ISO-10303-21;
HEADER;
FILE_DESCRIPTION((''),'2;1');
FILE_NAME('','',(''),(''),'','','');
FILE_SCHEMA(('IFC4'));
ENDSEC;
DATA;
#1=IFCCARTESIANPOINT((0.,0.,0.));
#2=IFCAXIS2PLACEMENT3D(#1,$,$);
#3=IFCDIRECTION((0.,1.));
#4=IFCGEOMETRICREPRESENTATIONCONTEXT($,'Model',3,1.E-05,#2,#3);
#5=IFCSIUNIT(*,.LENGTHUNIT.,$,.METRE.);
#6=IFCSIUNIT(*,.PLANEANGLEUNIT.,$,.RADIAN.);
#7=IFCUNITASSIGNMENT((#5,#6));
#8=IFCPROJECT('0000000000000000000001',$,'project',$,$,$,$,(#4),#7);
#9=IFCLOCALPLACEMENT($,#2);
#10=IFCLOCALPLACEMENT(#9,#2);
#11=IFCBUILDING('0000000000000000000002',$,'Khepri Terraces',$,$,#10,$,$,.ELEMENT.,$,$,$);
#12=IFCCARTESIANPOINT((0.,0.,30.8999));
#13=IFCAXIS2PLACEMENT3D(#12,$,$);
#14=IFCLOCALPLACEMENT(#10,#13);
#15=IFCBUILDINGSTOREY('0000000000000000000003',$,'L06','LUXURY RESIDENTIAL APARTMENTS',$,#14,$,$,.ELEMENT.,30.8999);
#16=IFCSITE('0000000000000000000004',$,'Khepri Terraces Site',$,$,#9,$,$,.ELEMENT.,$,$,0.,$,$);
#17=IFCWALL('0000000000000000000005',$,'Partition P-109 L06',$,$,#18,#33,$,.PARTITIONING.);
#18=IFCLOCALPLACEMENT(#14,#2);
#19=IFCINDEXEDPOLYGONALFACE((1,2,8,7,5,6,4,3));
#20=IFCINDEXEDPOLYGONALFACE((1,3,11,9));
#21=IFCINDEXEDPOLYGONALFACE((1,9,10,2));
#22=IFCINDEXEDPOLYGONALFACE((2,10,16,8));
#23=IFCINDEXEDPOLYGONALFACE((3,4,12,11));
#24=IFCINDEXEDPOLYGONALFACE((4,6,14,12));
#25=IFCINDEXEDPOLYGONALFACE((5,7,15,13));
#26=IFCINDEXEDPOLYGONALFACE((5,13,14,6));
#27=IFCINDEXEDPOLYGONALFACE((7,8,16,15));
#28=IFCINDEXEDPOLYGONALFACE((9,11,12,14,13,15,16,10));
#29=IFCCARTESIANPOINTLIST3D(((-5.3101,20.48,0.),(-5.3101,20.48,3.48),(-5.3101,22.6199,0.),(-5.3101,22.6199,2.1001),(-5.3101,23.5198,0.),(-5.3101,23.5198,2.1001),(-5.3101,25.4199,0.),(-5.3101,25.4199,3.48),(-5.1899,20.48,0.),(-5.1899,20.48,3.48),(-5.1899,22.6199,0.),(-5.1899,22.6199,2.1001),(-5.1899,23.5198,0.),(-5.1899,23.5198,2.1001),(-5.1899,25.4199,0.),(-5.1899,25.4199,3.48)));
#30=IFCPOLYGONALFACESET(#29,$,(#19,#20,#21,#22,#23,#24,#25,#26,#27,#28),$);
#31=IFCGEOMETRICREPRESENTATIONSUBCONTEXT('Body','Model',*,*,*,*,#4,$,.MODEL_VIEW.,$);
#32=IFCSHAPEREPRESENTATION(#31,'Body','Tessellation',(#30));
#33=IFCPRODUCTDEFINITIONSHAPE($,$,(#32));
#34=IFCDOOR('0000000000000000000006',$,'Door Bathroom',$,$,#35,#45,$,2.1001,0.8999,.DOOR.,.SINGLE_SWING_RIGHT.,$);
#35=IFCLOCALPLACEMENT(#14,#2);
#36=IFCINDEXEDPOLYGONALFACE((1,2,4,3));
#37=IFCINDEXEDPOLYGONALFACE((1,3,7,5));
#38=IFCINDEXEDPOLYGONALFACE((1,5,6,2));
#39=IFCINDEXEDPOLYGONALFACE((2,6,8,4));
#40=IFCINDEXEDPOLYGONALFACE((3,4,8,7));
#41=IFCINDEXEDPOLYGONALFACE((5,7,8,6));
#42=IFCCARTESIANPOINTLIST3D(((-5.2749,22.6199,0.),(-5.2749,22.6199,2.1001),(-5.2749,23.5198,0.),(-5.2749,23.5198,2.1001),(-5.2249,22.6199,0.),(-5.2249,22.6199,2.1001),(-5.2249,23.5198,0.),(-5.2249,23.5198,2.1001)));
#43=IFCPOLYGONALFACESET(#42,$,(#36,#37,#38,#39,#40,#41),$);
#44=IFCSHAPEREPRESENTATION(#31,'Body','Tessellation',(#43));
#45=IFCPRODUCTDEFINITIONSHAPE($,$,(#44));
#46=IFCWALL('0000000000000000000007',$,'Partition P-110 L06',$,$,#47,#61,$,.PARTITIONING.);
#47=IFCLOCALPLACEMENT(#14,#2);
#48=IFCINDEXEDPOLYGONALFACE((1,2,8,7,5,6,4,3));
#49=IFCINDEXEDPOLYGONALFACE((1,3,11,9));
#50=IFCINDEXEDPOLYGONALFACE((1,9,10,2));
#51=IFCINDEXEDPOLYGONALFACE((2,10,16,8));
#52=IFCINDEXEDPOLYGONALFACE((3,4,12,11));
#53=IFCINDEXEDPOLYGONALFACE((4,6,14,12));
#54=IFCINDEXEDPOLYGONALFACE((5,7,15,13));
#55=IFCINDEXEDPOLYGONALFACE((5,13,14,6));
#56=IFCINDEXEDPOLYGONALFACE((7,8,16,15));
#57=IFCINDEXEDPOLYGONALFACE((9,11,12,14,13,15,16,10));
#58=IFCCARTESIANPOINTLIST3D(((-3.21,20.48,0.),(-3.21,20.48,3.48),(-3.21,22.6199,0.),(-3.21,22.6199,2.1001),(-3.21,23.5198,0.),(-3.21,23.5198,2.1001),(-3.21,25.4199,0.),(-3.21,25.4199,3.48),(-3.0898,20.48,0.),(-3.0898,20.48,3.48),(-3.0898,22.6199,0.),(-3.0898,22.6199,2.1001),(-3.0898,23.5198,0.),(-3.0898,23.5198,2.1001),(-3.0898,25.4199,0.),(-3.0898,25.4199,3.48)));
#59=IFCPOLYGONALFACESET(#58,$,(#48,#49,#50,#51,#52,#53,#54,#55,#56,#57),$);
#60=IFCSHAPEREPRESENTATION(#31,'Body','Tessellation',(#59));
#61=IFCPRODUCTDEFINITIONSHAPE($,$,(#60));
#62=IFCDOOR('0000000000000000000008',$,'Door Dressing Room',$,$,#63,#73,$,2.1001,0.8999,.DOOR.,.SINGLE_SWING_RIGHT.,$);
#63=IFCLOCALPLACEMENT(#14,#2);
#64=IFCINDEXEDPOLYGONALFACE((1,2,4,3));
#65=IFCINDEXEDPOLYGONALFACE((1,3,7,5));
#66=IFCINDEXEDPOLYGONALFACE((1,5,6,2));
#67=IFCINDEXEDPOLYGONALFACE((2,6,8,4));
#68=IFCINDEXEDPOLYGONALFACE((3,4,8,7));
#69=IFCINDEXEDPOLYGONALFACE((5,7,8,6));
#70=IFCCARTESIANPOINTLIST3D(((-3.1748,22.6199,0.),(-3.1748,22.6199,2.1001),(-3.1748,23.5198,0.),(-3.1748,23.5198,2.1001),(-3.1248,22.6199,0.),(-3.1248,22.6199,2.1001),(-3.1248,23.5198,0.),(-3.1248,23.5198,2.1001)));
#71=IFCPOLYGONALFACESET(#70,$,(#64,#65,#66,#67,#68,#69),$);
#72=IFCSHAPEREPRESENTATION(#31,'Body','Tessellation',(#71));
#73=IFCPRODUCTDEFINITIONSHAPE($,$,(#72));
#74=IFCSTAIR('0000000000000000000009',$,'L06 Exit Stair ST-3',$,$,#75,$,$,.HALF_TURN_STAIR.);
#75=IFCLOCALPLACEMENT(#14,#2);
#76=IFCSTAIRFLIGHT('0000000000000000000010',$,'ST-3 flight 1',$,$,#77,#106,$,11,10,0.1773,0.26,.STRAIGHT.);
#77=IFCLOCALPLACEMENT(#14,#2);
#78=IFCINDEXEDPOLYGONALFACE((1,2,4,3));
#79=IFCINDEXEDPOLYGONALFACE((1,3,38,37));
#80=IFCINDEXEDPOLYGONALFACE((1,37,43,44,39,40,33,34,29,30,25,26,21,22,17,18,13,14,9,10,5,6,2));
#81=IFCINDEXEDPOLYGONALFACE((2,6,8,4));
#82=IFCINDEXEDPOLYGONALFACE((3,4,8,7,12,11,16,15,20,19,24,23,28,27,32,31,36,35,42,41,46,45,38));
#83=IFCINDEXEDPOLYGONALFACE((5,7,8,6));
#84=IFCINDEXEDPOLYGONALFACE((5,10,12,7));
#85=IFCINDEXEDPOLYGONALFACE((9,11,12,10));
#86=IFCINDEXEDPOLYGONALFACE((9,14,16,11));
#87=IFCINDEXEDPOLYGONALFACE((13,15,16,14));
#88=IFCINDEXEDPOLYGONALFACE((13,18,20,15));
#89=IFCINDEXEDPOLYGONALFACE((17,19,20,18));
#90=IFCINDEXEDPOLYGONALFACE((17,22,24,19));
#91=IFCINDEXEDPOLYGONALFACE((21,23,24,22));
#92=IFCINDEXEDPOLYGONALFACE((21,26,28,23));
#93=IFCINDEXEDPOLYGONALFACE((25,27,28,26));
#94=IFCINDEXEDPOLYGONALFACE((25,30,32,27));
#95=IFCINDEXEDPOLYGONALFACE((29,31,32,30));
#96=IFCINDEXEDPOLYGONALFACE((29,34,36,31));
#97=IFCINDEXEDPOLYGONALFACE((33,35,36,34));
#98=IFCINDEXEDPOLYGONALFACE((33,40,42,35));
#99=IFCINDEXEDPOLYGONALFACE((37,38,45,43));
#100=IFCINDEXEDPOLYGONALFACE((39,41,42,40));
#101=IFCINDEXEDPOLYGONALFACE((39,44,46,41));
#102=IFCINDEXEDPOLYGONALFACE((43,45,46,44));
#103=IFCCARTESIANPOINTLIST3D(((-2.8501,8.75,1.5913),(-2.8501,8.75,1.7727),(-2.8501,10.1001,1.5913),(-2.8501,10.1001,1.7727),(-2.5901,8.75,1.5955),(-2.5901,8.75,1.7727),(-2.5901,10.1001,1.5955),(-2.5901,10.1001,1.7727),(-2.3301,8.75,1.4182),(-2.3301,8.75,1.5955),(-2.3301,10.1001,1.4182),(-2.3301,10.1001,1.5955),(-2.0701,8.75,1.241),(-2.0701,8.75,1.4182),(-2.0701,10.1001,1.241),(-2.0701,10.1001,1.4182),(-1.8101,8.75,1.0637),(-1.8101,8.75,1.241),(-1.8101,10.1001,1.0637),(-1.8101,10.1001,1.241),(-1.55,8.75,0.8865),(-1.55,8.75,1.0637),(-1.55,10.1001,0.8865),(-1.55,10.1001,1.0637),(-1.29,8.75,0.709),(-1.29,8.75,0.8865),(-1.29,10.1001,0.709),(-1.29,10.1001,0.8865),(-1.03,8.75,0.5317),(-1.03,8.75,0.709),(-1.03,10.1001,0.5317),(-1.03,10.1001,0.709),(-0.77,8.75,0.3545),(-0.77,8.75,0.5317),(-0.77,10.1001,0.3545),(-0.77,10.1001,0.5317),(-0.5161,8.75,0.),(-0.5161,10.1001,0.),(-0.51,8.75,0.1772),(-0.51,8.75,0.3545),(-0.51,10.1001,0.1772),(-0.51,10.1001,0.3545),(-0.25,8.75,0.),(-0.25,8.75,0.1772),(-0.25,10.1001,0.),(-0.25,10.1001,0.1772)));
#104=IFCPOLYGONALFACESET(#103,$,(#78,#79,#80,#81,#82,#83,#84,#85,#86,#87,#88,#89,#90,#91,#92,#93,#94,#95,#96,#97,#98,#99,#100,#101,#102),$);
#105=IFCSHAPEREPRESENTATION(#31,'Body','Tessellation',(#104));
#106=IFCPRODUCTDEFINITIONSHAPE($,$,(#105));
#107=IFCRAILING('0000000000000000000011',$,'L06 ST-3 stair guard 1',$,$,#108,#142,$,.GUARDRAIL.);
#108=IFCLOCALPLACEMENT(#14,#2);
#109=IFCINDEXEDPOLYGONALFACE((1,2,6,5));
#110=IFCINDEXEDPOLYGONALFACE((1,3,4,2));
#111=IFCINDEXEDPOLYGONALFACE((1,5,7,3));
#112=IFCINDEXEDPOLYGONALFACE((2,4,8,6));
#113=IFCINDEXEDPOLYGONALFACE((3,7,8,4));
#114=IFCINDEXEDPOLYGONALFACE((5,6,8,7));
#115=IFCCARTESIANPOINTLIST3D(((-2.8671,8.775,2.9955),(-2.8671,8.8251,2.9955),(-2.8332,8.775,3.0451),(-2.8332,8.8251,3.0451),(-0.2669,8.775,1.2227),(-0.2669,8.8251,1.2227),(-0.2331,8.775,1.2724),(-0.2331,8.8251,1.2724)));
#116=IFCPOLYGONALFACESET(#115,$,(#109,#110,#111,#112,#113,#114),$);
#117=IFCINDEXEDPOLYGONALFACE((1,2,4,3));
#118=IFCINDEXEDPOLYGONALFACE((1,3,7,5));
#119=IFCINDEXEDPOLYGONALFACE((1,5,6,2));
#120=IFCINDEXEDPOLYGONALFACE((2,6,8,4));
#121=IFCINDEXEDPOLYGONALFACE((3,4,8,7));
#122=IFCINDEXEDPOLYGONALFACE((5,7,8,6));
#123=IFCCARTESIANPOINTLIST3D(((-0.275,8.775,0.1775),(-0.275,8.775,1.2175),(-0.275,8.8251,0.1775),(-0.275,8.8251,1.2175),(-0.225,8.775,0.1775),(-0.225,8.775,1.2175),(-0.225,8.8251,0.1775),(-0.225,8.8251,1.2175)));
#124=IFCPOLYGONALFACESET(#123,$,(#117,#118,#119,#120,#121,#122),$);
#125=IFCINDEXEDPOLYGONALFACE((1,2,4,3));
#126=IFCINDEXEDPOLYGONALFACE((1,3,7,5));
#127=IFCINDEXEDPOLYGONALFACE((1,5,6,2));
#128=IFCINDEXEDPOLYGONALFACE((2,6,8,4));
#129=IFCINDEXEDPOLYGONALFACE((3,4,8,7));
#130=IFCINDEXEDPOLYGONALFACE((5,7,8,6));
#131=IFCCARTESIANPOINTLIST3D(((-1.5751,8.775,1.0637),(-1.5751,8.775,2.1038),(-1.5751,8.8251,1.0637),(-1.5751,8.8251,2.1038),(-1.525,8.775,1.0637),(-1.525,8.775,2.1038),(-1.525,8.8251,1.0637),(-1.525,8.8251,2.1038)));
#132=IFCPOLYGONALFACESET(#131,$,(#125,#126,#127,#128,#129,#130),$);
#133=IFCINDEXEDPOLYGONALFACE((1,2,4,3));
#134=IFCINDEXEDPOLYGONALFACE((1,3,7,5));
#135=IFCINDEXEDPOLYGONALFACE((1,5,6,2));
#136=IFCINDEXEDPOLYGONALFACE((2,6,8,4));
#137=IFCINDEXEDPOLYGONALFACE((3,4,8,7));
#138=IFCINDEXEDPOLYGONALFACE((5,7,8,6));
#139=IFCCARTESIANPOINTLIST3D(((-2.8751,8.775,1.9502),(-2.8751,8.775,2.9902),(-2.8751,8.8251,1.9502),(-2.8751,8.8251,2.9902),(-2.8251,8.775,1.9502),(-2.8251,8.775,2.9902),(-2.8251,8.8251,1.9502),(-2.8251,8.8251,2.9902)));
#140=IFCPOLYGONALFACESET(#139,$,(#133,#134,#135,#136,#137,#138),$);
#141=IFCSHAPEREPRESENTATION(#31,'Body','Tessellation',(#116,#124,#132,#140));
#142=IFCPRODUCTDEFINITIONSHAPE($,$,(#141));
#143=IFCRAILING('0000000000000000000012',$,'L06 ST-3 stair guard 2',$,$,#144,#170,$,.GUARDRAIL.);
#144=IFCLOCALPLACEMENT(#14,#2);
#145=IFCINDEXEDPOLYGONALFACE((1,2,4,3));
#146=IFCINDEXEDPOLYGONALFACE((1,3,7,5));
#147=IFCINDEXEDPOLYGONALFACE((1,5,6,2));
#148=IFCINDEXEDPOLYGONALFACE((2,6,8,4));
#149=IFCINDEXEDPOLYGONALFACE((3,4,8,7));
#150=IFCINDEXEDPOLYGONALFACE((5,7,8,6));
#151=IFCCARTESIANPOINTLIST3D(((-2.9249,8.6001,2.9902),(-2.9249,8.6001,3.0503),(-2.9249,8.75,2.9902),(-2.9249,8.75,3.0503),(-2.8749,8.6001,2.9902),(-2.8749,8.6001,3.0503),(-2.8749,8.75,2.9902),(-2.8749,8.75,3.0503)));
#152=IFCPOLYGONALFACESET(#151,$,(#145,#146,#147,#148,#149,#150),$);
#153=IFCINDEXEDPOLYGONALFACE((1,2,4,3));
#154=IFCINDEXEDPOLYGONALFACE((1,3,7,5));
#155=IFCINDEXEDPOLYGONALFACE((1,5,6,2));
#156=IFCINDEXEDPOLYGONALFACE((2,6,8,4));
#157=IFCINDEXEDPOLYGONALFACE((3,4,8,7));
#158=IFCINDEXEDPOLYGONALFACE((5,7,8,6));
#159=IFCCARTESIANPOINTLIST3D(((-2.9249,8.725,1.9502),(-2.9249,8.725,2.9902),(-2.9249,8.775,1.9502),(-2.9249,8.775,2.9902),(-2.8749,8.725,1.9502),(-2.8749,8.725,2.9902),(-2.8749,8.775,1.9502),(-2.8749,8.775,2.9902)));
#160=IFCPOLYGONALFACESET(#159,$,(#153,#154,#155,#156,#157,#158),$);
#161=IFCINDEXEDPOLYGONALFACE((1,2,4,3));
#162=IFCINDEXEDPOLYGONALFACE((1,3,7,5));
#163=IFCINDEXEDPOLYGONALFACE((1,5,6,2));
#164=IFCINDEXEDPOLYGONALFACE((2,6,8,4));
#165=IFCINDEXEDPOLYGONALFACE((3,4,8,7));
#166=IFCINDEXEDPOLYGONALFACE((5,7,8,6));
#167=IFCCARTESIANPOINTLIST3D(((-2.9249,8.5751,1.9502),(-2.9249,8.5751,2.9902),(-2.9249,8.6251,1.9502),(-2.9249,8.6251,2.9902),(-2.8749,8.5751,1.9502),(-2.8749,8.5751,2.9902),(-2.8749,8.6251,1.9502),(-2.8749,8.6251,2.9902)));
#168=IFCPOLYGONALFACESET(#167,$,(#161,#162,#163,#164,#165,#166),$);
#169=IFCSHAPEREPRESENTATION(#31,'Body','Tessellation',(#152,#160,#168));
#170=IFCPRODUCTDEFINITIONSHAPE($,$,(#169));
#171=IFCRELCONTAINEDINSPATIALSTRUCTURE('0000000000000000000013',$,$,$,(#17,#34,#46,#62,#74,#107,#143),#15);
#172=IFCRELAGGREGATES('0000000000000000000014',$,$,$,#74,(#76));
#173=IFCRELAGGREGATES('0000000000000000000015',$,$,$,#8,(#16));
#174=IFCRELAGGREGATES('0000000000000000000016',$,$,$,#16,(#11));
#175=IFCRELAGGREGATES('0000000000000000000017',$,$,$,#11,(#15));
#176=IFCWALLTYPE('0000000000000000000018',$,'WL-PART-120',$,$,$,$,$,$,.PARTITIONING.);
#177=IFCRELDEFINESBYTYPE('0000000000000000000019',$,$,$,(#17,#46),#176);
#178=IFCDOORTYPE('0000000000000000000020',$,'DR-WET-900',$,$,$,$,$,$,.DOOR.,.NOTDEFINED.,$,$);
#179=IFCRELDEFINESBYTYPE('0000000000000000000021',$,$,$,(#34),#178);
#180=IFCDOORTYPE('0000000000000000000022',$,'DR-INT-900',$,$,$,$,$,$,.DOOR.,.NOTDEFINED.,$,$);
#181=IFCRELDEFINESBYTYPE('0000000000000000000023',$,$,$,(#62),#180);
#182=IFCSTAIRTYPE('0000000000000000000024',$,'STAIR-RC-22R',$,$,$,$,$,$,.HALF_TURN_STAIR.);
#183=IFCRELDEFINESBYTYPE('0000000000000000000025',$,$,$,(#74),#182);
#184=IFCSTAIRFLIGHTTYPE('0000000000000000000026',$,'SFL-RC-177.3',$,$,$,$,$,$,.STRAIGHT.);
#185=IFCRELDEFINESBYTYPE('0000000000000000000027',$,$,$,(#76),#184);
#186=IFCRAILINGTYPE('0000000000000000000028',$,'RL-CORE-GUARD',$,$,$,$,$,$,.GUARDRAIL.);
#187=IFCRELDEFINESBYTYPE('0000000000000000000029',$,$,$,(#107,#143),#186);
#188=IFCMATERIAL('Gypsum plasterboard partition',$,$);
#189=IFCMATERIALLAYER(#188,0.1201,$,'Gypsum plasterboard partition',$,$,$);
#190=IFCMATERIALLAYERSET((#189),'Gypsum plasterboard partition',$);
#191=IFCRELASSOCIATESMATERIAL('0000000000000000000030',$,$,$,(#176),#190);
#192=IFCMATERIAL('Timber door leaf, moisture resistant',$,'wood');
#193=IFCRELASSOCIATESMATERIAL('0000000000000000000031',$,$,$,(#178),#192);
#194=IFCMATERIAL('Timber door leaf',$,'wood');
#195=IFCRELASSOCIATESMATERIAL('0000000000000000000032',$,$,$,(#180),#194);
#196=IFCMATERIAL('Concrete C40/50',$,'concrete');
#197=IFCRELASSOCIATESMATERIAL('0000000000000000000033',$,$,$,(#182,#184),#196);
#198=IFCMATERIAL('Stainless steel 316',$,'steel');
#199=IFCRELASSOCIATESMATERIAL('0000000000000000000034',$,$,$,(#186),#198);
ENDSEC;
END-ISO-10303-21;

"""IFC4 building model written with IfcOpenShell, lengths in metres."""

from ifc_helpers import new_model, si_unit, direction, frame, frame_2d, origin, origin_2d, place, context, subcontext, project, spatial, polyline, rectangle, outline, extrude, material, layer, layer_set, type_object, element, fill, aggregate, save


model = new_model("IFC4")

# Units and contexts
model_context = context("Model", 3, precision=1e-05, world=origin(), true_north=direction((0.0, 1.0)))
body_context = subcontext(model_context, "Body", "Model", "MODEL_VIEW")
ifc_project = project(units=[si_unit("LENGTHUNIT", "METRE"), si_unit("PLANEANGLEUNIT", "RADIAN")], contexts=[model_context])

# Site, building, storey
site_placement = place(None, origin())
site = spatial("IfcSite", under=ifc_project, at=site_placement, Name="Khepri Terraces Site", CompositionType="ELEMENT", RefElevation=0.0)
building_placement = place(site_placement, origin())
building = spatial("IfcBuilding", under=site, at=building_placement, Name="Khepri Terraces", CompositionType="ELEMENT")
storey_placement = place(building_placement, frame((0.0, 0.0, 30.8999)))
storey = spatial("IfcBuildingStorey", under=building, at=storey_placement, Name="L06", Description="LUXURY RESIDENTIAL APARTMENTS", CompositionType="ELEMENT", Elevation=30.8999)

# Shared definitions
ifc_material_1 = material(Name="Gypsum plasterboard partition")
ifc_layer_1 = layer(ifc_material_1, 0.1201, Name="Gypsum plasterboard partition")
ifc_layer_set_1 = layer_set([ifc_layer_1], Name="Gypsum plasterboard partition")
wall_type_1 = type_object("IfcWallType", Name="WL-PART-120", PredefinedType="PARTITIONING", material=ifc_layer_set_1)

# Walls, openings, doors
wall_1_placement = place(storey_placement, frame((-5.25, 20.48, 0.0), z_axis=(0.0, 0.0, 1.0), x_axis=(0.0, 1.0, 0.0)))
wall_1 = element("IfcWall", 1, at=wall_1_placement, inside=storey, type_object=wall_type_1, Name="Partition P-109 L06", PredefinedType="PARTITIONING", context=body_context, shape_type="SweptSolid", body=[
    extrude(rectangle(XDim=4.9399, YDim=0.1201, at=frame_2d((2.47, 0.0))), origin(), (0.0, 0.0, 1.0), 3.48),
])
opening_1_placement = place(wall_1_placement, frame((2.1399, 0.0, 0.0)))
opening_1 = element("IfcOpeningElement", 2, at=opening_1_placement, cuts=wall_1, PredefinedType="OPENING", context=body_context, shape_type="SweptSolid", body=[
    extrude(rectangle(XDim=0.8999, YDim=2.1001, at=frame_2d((0.45, 1.05))), frame((0.0, 0.0701, 0.0), z_axis=(0.0, -1.0, 0.0), x_axis=(1.0, 0.0, 0.0)), (0.0, 0.0, 1.0), 0.1401),
])
ifc_material_2 = material(Name="Timber door leaf, moisture resistant", Category="wood")
door_type_1 = type_object("IfcDoorType", Name="DR-WET-900", OperationType="NOTDEFINED", PredefinedType="DOOR", material=ifc_material_2)
door_1_placement = place(opening_1_placement, origin())
door_1 = element("IfcDoor", 3, at=door_1_placement, inside=storey, type_object=door_type_1, Name="Door Bathroom", OperationType="SINGLE_SWING_RIGHT", OverallHeight=2.1001, OverallWidth=0.8999, PredefinedType="DOOR", context=body_context, shape_type="SweptSolid", body=[
    extrude(rectangle(XDim=0.8999, YDim=2.1001, at=frame_2d((0.45, 1.05))), frame((0.0, 0.0249, 0.0), z_axis=(0.0, -1.0, 0.0), x_axis=(1.0, 0.0, 0.0)), (0.0, 0.0, 1.0), 0.05),
])
fill(opening_1, door_1)
wall_2_placement = place(storey_placement, frame((-3.1499, 20.48, 0.0), z_axis=(0.0, 0.0, 1.0), x_axis=(0.0, 1.0, 0.0)))
wall_2 = element("IfcWall", 4, at=wall_2_placement, inside=storey, type_object=wall_type_1, Name="Partition P-110 L06", PredefinedType="PARTITIONING", context=body_context, shape_type="SweptSolid", body=[
    extrude(rectangle(XDim=4.9399, YDim=0.1201, at=frame_2d((2.47, 0.0))), origin(), (0.0, 0.0, 1.0), 3.48),
])
opening_2_placement = place(wall_2_placement, frame((2.1399, 0.0, 0.0)))
opening_2 = element("IfcOpeningElement", 5, at=opening_2_placement, cuts=wall_2, PredefinedType="OPENING", context=body_context, shape_type="SweptSolid", body=[
    extrude(rectangle(XDim=0.8999, YDim=2.1001, at=frame_2d((0.45, 1.05))), frame((0.0, 0.0701, 0.0), z_axis=(0.0, -1.0, 0.0), x_axis=(1.0, 0.0, 0.0)), (0.0, 0.0, 1.0), 0.1401),
])
ifc_material_3 = material(Name="Timber door leaf", Category="wood")
door_type_2 = type_object("IfcDoorType", Name="DR-INT-900", OperationType="NOTDEFINED", PredefinedType="DOOR", material=ifc_material_3)
door_2_placement = place(opening_2_placement, origin())
door_2 = element("IfcDoor", 6, at=door_2_placement, inside=storey, type_object=door_type_2, Name="Door Dressing Room", OperationType="SINGLE_SWING_RIGHT", OverallHeight=2.1001, OverallWidth=0.8999, PredefinedType="DOOR", context=body_context, shape_type="SweptSolid", body=[
    extrude(rectangle(XDim=0.8999, YDim=2.1001, at=frame_2d((0.45, 1.05))), frame((0.0, 0.0249, 0.0), z_axis=(0.0, -1.0, 0.0), x_axis=(1.0, 0.0, 0.0)), (0.0, 0.0, 1.0), 0.05),
])
fill(opening_2, door_2)

# Stair, stair flight
ifc_material_4 = material(Name="Concrete C40/50", Category="concrete")
stair_type = type_object("IfcStairType", Name="STAIR-RC-22R", PredefinedType="HALF_TURN_STAIR", material=ifc_material_4)
stair_placement = place(storey_placement, origin())
stair = element("IfcStair", 7, at=stair_placement, inside=storey, type_object=stair_type, Name="L06 Exit Stair ST-3", PredefinedType="HALF_TURN_STAIR")
stair_flight_type = type_object("IfcStairFlightType", Name="SFL-RC-177.3", PredefinedType="STRAIGHT", material=ifc_material_4)
stair_flight_placement = place(storey_placement, frame((-0.25, 9.425, 0.0), z_axis=(0.0, 0.0, 1.0), x_axis=(-1.0, 0.0, 0.0)))
stair_flight = element("IfcStairFlight", 8, at=stair_flight_placement, type_object=stair_flight_type, Name="ST-3 flight 1", NumberOfRisers=11, NumberOfTreads=10, PredefinedType="STRAIGHT", RiserHeight=0.1773, TreadLength=0.26, context=body_context, shape_type="SweptSolid", body=[
    extrude(outline(polyline([(0.0, 0.0), (0.0, 0.1772), (0.26, 0.1772), (0.26, 0.3545), (0.52, 0.3545), (0.52, 0.5317), (0.78, 0.5317), (0.78, 0.709), (1.04, 0.709), (1.04, 0.8865), (1.3, 0.8865), (1.3, 1.0637), (1.5601, 1.0637), (1.5601, 1.241), (1.8201, 1.241), (1.8201, 1.4182), (2.0801, 1.4182), (2.0801, 1.5955), (2.3401, 1.5955), (2.3401, 1.7727), (2.6001, 1.7727), (2.6001, 1.95), (2.6001, 1.5913), (0.2661, 0.0), (0.0, 0.0)])), frame((0.0, 0.675, 0.0), z_axis=(0.0, -1.0, 0.0), x_axis=(1.0, 0.0, 0.0)), (0.0, 0.0, 1.0), 1.3501),
])
aggregate(stair, [stair_flight])

# Railings
ifc_material_5 = material(Name="Stainless steel 316", Category="steel")
railing_type_1 = type_object("IfcRailingType", Name="RL-CORE-GUARD", PredefinedType="GUARDRAIL", material=ifc_material_5)
railing_1_placement = place(storey_placement, frame((-0.25, 8.8, 0.1775)))
element("IfcRailing", 9, at=railing_1_placement, inside=storey, type_object=railing_type_1, Name="L06 ST-3 stair guard 1", PredefinedType="GUARDRAIL", context=body_context, shape_type="SweptSolid", body=[
    extrude(rectangle(XDim=0.05, YDim=0.0601, at=origin_2d()), frame((0.0, 0.0, 1.0701), z_axis=(-0.82624, 0.0, 0.563318), x_axis=(0.0, -1.0, 0.0)), (0.0, 0.0, 1.0), 3.147),
    extrude(rectangle(XDim=0.05, YDim=0.05, at=origin_2d()), origin(), (0.0, 0.0, 1.0), 1.04),
    extrude(rectangle(XDim=0.05, YDim=0.05, at=origin_2d()), frame((-1.3, 0.0, 0.8862)), (0.0, 0.0, 1.0), 1.04),
    extrude(rectangle(XDim=0.05, YDim=0.05, at=origin_2d()), frame((-2.6001, 0.0, 1.7727)), (0.0, 0.0, 1.0), 1.04),
])
railing_2_placement = place(storey_placement, frame((-2.8999, 8.75, 1.9502)))
element("IfcRailing", 10, at=railing_2_placement, inside=storey, type_object=railing_type_1, Name="L06 ST-3 stair guard 2", PredefinedType="GUARDRAIL", context=body_context, shape_type="SweptSolid", body=[
    extrude(rectangle(XDim=0.05, YDim=0.0601, at=origin_2d()), frame((0.0, 0.0, 1.0701), z_axis=(0.0, -1.0, 0.0), x_axis=(1.0, 0.0, 0.0)), (0.0, 0.0, 1.0), 0.1499),
    extrude(rectangle(XDim=0.05, YDim=0.05, at=origin_2d()), origin(), (0.0, 0.0, 1.0), 1.04),
    extrude(rectangle(XDim=0.05, YDim=0.05, at=origin_2d()), frame((0.0, -0.1499, 0.0)), (0.0, 0.0, 1.0), 1.04),
])

save(model, "model.ifc")
